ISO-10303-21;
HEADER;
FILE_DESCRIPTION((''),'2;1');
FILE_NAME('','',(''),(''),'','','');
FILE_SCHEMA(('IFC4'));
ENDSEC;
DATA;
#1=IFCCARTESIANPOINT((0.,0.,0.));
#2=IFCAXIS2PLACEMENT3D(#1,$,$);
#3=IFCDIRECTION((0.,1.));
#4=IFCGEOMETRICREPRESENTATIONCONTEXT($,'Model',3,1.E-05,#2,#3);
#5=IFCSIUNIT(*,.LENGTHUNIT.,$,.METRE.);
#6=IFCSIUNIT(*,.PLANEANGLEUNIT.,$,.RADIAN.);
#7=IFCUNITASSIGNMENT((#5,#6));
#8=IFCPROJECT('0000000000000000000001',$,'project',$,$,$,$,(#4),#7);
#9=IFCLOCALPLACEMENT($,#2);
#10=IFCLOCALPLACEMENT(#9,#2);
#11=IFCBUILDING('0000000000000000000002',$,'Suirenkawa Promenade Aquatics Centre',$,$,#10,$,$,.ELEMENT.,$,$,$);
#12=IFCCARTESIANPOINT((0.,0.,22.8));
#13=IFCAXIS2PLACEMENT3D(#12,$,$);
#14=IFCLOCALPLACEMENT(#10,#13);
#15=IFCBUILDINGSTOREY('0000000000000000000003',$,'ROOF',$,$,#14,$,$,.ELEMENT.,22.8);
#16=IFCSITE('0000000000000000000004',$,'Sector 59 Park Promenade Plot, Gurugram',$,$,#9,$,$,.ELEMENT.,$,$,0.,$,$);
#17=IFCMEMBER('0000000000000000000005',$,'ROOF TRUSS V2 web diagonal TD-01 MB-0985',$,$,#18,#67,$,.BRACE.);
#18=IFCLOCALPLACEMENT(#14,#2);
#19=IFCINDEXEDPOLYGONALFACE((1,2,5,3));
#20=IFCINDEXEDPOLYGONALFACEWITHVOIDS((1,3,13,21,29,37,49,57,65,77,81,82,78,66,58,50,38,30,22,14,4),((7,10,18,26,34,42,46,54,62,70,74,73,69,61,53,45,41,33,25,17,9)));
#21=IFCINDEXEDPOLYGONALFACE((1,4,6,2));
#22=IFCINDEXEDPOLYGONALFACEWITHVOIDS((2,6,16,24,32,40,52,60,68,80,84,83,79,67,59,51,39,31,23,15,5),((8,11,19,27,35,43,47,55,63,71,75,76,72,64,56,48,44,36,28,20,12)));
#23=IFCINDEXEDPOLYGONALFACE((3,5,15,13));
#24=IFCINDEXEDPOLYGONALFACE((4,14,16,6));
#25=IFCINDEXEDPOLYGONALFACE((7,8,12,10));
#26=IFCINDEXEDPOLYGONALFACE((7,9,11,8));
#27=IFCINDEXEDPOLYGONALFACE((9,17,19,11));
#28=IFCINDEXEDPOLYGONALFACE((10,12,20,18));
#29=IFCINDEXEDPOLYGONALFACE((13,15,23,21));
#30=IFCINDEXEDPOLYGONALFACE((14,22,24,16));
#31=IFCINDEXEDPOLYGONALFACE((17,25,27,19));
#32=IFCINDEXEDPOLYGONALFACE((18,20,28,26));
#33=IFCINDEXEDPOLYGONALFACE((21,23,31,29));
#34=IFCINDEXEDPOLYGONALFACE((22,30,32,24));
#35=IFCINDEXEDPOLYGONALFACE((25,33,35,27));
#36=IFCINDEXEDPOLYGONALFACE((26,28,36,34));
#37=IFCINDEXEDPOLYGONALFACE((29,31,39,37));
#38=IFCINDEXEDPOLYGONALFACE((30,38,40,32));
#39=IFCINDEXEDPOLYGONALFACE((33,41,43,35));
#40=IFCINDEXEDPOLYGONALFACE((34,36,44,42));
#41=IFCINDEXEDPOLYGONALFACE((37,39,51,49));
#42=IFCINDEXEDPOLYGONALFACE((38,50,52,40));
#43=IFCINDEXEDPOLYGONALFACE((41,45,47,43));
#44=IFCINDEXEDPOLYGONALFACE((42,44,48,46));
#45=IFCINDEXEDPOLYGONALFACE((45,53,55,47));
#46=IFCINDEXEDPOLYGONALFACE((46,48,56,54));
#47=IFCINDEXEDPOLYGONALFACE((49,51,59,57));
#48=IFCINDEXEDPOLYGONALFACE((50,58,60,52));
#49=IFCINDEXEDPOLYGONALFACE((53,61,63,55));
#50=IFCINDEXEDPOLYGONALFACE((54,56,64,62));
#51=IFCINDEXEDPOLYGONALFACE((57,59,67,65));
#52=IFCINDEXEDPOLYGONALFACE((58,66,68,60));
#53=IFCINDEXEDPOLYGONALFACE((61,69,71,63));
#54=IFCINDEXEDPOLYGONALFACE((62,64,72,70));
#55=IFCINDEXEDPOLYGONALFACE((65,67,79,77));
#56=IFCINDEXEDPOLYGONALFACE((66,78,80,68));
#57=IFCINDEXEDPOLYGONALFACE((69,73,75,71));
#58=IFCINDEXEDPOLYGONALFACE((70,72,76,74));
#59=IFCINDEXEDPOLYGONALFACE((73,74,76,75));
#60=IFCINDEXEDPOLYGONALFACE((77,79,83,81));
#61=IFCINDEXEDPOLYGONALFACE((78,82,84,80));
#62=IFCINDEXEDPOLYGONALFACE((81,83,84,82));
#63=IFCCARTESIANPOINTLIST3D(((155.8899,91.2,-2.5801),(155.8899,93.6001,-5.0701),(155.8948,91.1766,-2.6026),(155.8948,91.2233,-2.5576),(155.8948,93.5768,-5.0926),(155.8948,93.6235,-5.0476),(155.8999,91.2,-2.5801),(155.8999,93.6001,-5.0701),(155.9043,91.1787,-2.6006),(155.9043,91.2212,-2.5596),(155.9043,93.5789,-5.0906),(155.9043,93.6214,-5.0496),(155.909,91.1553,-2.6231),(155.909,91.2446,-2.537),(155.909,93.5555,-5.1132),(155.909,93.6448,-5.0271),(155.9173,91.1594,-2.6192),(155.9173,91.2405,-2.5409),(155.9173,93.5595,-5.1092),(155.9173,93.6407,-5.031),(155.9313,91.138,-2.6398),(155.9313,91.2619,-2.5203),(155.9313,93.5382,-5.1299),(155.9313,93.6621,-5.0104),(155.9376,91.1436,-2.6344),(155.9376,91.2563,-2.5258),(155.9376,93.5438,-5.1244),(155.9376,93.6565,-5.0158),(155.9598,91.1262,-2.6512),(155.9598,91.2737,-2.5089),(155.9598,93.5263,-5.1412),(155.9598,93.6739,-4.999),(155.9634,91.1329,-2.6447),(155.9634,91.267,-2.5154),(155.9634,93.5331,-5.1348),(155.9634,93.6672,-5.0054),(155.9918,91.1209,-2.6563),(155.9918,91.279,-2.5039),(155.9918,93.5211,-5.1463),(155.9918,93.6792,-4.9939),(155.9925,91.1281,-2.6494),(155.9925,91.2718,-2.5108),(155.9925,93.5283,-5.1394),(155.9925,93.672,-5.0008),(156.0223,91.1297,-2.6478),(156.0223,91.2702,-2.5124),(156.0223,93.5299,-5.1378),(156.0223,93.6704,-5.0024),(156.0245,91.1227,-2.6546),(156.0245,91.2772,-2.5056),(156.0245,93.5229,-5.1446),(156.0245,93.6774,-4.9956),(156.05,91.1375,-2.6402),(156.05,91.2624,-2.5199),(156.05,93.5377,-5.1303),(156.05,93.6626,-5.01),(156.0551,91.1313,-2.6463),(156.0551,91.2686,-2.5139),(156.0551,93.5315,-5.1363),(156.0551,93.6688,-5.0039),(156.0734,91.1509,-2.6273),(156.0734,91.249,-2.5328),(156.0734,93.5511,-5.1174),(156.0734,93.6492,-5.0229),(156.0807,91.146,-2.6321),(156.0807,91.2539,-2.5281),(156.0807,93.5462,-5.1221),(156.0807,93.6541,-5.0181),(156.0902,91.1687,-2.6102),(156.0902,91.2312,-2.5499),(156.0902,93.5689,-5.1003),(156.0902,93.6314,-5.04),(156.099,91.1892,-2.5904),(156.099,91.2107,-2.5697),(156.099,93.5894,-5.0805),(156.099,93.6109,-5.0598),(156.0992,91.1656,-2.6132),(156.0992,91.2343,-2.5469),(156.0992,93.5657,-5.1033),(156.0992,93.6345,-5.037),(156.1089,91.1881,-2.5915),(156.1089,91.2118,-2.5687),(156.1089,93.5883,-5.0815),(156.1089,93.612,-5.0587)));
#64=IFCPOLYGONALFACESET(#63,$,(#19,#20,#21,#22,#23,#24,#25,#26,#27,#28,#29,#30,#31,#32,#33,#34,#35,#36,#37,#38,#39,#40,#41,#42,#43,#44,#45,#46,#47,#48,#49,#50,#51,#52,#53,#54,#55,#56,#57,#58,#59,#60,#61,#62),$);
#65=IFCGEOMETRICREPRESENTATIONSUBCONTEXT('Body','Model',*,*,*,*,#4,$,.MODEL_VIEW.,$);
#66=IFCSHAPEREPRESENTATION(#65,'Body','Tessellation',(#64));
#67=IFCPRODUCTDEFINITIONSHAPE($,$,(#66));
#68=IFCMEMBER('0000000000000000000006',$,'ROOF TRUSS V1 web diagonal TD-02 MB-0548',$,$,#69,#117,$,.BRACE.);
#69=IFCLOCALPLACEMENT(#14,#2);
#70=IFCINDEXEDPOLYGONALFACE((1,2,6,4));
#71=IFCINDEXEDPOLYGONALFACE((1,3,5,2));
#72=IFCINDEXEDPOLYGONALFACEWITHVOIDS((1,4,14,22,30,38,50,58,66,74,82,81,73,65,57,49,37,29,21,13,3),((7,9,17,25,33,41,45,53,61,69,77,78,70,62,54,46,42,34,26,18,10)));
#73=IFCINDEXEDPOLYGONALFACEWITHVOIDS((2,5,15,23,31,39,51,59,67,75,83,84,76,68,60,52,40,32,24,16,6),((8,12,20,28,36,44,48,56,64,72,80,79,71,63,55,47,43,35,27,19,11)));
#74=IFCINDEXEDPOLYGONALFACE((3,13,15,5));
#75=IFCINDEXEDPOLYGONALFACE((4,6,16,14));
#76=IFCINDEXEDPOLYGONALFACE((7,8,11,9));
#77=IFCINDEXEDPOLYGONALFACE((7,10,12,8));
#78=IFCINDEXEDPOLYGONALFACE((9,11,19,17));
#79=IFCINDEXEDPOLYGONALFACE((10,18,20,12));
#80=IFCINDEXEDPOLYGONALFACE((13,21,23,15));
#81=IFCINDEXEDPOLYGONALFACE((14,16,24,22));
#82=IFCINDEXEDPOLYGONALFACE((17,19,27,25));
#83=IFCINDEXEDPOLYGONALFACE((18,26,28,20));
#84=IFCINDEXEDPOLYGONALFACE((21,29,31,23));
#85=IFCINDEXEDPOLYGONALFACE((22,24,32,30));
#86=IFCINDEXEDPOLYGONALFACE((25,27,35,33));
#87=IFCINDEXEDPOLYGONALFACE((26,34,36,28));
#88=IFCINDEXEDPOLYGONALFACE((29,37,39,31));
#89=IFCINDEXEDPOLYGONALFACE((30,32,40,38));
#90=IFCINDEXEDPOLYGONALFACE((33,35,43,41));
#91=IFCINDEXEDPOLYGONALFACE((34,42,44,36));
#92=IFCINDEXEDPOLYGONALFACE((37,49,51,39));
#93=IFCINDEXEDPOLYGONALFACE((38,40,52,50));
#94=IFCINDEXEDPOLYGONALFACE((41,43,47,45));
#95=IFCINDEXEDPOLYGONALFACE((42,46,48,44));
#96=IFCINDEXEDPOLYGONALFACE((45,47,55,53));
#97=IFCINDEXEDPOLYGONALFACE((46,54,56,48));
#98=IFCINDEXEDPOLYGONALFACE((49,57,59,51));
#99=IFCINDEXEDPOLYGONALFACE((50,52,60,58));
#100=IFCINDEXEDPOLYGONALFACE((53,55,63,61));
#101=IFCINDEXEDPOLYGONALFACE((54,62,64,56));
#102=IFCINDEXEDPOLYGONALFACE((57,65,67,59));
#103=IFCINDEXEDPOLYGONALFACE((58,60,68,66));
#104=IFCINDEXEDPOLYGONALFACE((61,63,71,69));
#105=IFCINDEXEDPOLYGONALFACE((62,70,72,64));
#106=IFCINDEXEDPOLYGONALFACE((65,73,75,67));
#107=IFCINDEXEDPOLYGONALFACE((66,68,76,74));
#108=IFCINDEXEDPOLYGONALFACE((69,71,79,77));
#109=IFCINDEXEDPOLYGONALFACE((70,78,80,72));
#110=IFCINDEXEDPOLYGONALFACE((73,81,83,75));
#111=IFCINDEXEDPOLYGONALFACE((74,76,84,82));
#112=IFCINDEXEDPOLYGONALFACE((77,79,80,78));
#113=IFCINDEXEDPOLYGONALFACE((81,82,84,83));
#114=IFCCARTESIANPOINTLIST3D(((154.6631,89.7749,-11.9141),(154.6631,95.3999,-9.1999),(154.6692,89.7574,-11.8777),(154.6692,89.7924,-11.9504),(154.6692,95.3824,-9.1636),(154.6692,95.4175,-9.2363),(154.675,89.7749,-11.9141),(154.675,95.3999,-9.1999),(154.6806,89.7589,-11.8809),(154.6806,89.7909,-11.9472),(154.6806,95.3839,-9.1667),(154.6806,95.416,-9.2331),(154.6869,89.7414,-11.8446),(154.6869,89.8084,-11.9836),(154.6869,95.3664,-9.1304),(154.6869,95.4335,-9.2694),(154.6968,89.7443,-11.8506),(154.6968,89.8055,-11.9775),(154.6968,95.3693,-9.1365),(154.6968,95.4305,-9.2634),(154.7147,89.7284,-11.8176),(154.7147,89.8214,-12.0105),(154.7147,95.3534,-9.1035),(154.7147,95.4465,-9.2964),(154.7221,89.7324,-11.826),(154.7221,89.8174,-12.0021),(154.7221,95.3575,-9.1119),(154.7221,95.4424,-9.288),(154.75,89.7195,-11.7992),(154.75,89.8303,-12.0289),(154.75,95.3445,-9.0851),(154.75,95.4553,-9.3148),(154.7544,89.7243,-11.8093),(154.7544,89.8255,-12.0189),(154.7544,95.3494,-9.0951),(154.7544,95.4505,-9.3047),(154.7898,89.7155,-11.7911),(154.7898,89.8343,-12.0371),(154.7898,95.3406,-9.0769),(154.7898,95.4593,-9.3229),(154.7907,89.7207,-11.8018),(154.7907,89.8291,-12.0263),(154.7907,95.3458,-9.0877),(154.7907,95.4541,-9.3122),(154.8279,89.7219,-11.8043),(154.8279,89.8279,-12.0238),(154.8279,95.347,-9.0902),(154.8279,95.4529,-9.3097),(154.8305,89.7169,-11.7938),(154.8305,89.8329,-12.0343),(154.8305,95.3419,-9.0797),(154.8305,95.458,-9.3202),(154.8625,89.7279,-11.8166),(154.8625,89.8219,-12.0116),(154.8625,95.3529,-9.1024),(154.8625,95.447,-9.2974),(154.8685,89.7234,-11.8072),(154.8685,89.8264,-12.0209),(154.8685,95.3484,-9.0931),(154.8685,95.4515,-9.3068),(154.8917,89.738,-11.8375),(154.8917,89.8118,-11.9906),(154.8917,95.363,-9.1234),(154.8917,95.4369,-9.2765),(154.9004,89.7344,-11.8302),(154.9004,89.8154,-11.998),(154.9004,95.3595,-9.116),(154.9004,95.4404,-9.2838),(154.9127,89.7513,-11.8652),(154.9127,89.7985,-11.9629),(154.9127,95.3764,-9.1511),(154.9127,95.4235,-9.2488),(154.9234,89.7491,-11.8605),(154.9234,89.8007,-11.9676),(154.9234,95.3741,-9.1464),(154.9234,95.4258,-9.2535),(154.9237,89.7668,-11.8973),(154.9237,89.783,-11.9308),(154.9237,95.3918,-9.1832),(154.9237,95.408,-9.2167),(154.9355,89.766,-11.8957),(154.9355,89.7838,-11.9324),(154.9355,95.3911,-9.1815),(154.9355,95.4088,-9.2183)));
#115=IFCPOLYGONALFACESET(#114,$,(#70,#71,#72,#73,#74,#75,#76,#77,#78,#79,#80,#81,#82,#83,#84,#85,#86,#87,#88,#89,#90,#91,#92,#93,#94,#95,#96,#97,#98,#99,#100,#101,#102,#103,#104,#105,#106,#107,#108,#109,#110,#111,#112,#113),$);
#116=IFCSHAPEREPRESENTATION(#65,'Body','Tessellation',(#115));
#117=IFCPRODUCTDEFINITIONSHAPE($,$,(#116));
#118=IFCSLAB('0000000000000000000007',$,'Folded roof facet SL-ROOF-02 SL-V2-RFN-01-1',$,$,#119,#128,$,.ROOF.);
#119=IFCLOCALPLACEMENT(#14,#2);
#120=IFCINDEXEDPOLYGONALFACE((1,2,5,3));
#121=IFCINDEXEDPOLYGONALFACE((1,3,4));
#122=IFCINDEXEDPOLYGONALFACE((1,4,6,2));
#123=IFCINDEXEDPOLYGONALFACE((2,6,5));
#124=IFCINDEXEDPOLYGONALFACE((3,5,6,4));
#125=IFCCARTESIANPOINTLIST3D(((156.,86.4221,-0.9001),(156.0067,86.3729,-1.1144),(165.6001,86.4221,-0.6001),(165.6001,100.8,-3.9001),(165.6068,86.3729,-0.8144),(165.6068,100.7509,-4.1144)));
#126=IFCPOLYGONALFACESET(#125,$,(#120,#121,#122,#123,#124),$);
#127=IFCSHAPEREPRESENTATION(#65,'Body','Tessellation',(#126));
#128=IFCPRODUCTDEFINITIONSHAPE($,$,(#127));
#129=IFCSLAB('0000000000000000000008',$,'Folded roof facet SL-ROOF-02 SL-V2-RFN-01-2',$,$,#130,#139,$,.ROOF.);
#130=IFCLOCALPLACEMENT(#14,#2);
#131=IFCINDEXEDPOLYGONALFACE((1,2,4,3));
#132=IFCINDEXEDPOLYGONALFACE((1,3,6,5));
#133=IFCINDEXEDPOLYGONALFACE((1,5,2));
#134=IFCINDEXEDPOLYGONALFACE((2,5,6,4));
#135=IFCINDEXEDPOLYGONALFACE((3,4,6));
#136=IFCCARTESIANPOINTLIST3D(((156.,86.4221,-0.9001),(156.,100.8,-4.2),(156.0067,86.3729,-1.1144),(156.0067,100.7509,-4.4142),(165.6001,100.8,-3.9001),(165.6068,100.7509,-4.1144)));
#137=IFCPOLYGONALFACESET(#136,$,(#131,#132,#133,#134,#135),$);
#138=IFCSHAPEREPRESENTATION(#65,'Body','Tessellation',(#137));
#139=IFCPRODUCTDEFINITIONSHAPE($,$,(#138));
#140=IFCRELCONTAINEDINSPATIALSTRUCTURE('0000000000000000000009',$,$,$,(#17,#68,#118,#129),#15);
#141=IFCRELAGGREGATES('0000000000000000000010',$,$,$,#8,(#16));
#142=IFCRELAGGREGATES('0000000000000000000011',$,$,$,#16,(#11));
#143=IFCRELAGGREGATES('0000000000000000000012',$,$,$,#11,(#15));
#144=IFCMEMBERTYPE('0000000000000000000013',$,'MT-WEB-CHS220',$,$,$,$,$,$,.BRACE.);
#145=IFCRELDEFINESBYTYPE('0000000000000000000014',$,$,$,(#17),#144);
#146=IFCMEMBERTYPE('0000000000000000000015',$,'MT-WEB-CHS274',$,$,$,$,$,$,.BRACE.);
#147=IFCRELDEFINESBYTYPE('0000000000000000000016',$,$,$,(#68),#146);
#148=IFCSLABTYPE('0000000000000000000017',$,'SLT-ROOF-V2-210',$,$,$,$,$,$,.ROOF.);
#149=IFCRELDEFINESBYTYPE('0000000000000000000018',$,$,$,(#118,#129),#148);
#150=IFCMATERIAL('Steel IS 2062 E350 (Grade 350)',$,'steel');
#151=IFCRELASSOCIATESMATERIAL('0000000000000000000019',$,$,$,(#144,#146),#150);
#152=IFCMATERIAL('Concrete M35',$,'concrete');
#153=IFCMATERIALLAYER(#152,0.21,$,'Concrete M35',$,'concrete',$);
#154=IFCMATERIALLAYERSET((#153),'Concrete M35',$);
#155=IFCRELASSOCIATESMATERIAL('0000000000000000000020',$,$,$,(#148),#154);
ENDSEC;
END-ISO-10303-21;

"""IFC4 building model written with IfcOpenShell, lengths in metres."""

from ifc_helpers import new_model, si_unit, direction, frame, origin, origin_2d, place, context, subcontext, project, spatial, polyline, hollow_circle, outline, extrude, material, layer, layer_set, material_profile, profile_set, type_object, element, save


model = new_model("IFC4")

# Units and contexts
model_context = context("Model", 3, precision=1e-05, world=origin(), true_north=direction((0.0, 1.0)))
body_context = subcontext(model_context, "Body", "Model", "MODEL_VIEW")
ifc_project = project(units=[si_unit("LENGTHUNIT", "METRE"), si_unit("PLANEANGLEUNIT", "RADIAN")], contexts=[model_context])

# Site, building, storey
site_placement = place(None, origin())
site = spatial("IfcSite", under=ifc_project, at=site_placement, Name="Sector 59 Park Promenade Plot, Gurugram", CompositionType="ELEMENT", RefElevation=0.0)
building_placement = place(site_placement, origin())
building = spatial("IfcBuilding", under=site, at=building_placement, Name="Suirenkawa Promenade Aquatics Centre", CompositionType="ELEMENT")
storey_placement = place(building_placement, frame((0.0, 0.0, 22.8)))
storey = spatial("IfcBuildingStorey", under=building, at=storey_placement, Name="ROOF", CompositionType="ELEMENT", Elevation=22.8)

# Shared definitions
ifc_material_1 = material(Name="Steel IS 2062 E350 (Grade 350)", Category="steel")

# Members
ifc_material_profile_1 = material_profile(ifc_material_1, hollow_circle(Radius=0.1101, WallThickness=0.01, at=origin_2d()), Name="CHS 220x10", Category="steel")
ifc_profile_set_1 = profile_set([ifc_material_profile_1], Name="Steel IS 2062 E350 (Grade 350)")
member_type_1 = type_object("IfcMemberType", Name="MT-WEB-CHS220", PredefinedType="BRACE", material=ifc_profile_set_1)
member_1_placement = place(storey_placement, frame((156.0, 91.2, -2.5801), z_axis=(0.0, 0.693998, -0.719977), x_axis=(-1.0, 0.0, 0.0)))
element("IfcMember", 1, at=member_1_placement, inside=storey, type_object=member_type_1, Name="ROOF TRUSS V2 web diagonal TD-01 MB-0985", PredefinedType="BRACE", context=body_context, shape_type="SweptSolid", body=[
    extrude(hollow_circle(Radius=0.1101, WallThickness=0.01, at=origin_2d()), origin(), (0.0, 0.0, 1.0), 3.4585),
])
ifc_material_profile_2 = material_profile(ifc_material_1, hollow_circle(Radius=0.137, WallThickness=0.012, at=origin_2d()), Name="CHS 274x12", Category="steel")
ifc_profile_set_2 = profile_set([ifc_material_profile_2], Name="Steel IS 2062 E350 (Grade 350)")
member_type_2 = type_object("IfcMemberType", Name="MT-WEB-CHS274", PredefinedType="BRACE", material=ifc_profile_set_2)
member_2_placement = place(storey_placement, frame((154.8, 89.7749, -11.9141), z_axis=(0.0, 0.90064, 0.434566), x_axis=(-1.0, 0.0, 0.0)))
element("IfcMember", 2, at=member_2_placement, inside=storey, type_object=member_type_2, Name="ROOF TRUSS V1 web diagonal TD-02 MB-0548", PredefinedType="BRACE", context=body_context, shape_type="SweptSolid", body=[
    extrude(hollow_circle(Radius=0.137, WallThickness=0.012, at=origin_2d()), origin(), (0.0, 0.0, 1.0), 6.2456),
])

# Slabs
ifc_material_2 = material(Name="Concrete M35", Category="concrete")
ifc_layer = layer(ifc_material_2, 0.21, Name="Concrete M35", Category="concrete")
ifc_layer_set = layer_set([ifc_layer], Name="Concrete M35")
slab_type = type_object("IfcSlabType", Name="SLT-ROOF-V2-210", PredefinedType="ROOF", material=ifc_layer_set)
slab_1_placement = place(storey_placement, frame((156.0, 86.4221, -0.9001), z_axis=(-0.030449, 0.223601, 0.974205), x_axis=(0.999512, 0.0, 0.03124)))
element("IfcSlab", 3, at=slab_1_placement, inside=storey, type_object=slab_type, Name="Folded roof facet SL-ROOF-02 SL-V2-RFN-01-1", PredefinedType="ROOF", context=body_context, shape_type="SweptSolid", body=[
    extrude(outline(polyline([(0.0, 0.0), (9.6048, 0.0), (9.5017, 14.7514), (0.0, 0.0)])), origin(), (0.0, 0.0, -1.0), 0.22),
])
slab_2_placement = place(storey_placement, frame((156.0, 86.4221, -0.9001), z_axis=(-0.030424, 0.223586, 0.974209), x_axis=(0.547117, 0.819409, -0.170972)))
element("IfcSlab", 4, at=slab_2_placement, inside=storey, type_object=slab_type, Name="Folded roof facet SL-ROOF-02 SL-V2-RFN-01-2", PredefinedType="ROOF", context=body_context, shape_type="SweptSolid", body=[
    extrude(outline(polyline([(0.0, 0.0), (17.5467, 0.0), (12.3456, 8.0747), (0.0, 0.0)])), origin(), (0.0, 0.0, -1.0), 0.22),
])

save(model, "model.ifc")
